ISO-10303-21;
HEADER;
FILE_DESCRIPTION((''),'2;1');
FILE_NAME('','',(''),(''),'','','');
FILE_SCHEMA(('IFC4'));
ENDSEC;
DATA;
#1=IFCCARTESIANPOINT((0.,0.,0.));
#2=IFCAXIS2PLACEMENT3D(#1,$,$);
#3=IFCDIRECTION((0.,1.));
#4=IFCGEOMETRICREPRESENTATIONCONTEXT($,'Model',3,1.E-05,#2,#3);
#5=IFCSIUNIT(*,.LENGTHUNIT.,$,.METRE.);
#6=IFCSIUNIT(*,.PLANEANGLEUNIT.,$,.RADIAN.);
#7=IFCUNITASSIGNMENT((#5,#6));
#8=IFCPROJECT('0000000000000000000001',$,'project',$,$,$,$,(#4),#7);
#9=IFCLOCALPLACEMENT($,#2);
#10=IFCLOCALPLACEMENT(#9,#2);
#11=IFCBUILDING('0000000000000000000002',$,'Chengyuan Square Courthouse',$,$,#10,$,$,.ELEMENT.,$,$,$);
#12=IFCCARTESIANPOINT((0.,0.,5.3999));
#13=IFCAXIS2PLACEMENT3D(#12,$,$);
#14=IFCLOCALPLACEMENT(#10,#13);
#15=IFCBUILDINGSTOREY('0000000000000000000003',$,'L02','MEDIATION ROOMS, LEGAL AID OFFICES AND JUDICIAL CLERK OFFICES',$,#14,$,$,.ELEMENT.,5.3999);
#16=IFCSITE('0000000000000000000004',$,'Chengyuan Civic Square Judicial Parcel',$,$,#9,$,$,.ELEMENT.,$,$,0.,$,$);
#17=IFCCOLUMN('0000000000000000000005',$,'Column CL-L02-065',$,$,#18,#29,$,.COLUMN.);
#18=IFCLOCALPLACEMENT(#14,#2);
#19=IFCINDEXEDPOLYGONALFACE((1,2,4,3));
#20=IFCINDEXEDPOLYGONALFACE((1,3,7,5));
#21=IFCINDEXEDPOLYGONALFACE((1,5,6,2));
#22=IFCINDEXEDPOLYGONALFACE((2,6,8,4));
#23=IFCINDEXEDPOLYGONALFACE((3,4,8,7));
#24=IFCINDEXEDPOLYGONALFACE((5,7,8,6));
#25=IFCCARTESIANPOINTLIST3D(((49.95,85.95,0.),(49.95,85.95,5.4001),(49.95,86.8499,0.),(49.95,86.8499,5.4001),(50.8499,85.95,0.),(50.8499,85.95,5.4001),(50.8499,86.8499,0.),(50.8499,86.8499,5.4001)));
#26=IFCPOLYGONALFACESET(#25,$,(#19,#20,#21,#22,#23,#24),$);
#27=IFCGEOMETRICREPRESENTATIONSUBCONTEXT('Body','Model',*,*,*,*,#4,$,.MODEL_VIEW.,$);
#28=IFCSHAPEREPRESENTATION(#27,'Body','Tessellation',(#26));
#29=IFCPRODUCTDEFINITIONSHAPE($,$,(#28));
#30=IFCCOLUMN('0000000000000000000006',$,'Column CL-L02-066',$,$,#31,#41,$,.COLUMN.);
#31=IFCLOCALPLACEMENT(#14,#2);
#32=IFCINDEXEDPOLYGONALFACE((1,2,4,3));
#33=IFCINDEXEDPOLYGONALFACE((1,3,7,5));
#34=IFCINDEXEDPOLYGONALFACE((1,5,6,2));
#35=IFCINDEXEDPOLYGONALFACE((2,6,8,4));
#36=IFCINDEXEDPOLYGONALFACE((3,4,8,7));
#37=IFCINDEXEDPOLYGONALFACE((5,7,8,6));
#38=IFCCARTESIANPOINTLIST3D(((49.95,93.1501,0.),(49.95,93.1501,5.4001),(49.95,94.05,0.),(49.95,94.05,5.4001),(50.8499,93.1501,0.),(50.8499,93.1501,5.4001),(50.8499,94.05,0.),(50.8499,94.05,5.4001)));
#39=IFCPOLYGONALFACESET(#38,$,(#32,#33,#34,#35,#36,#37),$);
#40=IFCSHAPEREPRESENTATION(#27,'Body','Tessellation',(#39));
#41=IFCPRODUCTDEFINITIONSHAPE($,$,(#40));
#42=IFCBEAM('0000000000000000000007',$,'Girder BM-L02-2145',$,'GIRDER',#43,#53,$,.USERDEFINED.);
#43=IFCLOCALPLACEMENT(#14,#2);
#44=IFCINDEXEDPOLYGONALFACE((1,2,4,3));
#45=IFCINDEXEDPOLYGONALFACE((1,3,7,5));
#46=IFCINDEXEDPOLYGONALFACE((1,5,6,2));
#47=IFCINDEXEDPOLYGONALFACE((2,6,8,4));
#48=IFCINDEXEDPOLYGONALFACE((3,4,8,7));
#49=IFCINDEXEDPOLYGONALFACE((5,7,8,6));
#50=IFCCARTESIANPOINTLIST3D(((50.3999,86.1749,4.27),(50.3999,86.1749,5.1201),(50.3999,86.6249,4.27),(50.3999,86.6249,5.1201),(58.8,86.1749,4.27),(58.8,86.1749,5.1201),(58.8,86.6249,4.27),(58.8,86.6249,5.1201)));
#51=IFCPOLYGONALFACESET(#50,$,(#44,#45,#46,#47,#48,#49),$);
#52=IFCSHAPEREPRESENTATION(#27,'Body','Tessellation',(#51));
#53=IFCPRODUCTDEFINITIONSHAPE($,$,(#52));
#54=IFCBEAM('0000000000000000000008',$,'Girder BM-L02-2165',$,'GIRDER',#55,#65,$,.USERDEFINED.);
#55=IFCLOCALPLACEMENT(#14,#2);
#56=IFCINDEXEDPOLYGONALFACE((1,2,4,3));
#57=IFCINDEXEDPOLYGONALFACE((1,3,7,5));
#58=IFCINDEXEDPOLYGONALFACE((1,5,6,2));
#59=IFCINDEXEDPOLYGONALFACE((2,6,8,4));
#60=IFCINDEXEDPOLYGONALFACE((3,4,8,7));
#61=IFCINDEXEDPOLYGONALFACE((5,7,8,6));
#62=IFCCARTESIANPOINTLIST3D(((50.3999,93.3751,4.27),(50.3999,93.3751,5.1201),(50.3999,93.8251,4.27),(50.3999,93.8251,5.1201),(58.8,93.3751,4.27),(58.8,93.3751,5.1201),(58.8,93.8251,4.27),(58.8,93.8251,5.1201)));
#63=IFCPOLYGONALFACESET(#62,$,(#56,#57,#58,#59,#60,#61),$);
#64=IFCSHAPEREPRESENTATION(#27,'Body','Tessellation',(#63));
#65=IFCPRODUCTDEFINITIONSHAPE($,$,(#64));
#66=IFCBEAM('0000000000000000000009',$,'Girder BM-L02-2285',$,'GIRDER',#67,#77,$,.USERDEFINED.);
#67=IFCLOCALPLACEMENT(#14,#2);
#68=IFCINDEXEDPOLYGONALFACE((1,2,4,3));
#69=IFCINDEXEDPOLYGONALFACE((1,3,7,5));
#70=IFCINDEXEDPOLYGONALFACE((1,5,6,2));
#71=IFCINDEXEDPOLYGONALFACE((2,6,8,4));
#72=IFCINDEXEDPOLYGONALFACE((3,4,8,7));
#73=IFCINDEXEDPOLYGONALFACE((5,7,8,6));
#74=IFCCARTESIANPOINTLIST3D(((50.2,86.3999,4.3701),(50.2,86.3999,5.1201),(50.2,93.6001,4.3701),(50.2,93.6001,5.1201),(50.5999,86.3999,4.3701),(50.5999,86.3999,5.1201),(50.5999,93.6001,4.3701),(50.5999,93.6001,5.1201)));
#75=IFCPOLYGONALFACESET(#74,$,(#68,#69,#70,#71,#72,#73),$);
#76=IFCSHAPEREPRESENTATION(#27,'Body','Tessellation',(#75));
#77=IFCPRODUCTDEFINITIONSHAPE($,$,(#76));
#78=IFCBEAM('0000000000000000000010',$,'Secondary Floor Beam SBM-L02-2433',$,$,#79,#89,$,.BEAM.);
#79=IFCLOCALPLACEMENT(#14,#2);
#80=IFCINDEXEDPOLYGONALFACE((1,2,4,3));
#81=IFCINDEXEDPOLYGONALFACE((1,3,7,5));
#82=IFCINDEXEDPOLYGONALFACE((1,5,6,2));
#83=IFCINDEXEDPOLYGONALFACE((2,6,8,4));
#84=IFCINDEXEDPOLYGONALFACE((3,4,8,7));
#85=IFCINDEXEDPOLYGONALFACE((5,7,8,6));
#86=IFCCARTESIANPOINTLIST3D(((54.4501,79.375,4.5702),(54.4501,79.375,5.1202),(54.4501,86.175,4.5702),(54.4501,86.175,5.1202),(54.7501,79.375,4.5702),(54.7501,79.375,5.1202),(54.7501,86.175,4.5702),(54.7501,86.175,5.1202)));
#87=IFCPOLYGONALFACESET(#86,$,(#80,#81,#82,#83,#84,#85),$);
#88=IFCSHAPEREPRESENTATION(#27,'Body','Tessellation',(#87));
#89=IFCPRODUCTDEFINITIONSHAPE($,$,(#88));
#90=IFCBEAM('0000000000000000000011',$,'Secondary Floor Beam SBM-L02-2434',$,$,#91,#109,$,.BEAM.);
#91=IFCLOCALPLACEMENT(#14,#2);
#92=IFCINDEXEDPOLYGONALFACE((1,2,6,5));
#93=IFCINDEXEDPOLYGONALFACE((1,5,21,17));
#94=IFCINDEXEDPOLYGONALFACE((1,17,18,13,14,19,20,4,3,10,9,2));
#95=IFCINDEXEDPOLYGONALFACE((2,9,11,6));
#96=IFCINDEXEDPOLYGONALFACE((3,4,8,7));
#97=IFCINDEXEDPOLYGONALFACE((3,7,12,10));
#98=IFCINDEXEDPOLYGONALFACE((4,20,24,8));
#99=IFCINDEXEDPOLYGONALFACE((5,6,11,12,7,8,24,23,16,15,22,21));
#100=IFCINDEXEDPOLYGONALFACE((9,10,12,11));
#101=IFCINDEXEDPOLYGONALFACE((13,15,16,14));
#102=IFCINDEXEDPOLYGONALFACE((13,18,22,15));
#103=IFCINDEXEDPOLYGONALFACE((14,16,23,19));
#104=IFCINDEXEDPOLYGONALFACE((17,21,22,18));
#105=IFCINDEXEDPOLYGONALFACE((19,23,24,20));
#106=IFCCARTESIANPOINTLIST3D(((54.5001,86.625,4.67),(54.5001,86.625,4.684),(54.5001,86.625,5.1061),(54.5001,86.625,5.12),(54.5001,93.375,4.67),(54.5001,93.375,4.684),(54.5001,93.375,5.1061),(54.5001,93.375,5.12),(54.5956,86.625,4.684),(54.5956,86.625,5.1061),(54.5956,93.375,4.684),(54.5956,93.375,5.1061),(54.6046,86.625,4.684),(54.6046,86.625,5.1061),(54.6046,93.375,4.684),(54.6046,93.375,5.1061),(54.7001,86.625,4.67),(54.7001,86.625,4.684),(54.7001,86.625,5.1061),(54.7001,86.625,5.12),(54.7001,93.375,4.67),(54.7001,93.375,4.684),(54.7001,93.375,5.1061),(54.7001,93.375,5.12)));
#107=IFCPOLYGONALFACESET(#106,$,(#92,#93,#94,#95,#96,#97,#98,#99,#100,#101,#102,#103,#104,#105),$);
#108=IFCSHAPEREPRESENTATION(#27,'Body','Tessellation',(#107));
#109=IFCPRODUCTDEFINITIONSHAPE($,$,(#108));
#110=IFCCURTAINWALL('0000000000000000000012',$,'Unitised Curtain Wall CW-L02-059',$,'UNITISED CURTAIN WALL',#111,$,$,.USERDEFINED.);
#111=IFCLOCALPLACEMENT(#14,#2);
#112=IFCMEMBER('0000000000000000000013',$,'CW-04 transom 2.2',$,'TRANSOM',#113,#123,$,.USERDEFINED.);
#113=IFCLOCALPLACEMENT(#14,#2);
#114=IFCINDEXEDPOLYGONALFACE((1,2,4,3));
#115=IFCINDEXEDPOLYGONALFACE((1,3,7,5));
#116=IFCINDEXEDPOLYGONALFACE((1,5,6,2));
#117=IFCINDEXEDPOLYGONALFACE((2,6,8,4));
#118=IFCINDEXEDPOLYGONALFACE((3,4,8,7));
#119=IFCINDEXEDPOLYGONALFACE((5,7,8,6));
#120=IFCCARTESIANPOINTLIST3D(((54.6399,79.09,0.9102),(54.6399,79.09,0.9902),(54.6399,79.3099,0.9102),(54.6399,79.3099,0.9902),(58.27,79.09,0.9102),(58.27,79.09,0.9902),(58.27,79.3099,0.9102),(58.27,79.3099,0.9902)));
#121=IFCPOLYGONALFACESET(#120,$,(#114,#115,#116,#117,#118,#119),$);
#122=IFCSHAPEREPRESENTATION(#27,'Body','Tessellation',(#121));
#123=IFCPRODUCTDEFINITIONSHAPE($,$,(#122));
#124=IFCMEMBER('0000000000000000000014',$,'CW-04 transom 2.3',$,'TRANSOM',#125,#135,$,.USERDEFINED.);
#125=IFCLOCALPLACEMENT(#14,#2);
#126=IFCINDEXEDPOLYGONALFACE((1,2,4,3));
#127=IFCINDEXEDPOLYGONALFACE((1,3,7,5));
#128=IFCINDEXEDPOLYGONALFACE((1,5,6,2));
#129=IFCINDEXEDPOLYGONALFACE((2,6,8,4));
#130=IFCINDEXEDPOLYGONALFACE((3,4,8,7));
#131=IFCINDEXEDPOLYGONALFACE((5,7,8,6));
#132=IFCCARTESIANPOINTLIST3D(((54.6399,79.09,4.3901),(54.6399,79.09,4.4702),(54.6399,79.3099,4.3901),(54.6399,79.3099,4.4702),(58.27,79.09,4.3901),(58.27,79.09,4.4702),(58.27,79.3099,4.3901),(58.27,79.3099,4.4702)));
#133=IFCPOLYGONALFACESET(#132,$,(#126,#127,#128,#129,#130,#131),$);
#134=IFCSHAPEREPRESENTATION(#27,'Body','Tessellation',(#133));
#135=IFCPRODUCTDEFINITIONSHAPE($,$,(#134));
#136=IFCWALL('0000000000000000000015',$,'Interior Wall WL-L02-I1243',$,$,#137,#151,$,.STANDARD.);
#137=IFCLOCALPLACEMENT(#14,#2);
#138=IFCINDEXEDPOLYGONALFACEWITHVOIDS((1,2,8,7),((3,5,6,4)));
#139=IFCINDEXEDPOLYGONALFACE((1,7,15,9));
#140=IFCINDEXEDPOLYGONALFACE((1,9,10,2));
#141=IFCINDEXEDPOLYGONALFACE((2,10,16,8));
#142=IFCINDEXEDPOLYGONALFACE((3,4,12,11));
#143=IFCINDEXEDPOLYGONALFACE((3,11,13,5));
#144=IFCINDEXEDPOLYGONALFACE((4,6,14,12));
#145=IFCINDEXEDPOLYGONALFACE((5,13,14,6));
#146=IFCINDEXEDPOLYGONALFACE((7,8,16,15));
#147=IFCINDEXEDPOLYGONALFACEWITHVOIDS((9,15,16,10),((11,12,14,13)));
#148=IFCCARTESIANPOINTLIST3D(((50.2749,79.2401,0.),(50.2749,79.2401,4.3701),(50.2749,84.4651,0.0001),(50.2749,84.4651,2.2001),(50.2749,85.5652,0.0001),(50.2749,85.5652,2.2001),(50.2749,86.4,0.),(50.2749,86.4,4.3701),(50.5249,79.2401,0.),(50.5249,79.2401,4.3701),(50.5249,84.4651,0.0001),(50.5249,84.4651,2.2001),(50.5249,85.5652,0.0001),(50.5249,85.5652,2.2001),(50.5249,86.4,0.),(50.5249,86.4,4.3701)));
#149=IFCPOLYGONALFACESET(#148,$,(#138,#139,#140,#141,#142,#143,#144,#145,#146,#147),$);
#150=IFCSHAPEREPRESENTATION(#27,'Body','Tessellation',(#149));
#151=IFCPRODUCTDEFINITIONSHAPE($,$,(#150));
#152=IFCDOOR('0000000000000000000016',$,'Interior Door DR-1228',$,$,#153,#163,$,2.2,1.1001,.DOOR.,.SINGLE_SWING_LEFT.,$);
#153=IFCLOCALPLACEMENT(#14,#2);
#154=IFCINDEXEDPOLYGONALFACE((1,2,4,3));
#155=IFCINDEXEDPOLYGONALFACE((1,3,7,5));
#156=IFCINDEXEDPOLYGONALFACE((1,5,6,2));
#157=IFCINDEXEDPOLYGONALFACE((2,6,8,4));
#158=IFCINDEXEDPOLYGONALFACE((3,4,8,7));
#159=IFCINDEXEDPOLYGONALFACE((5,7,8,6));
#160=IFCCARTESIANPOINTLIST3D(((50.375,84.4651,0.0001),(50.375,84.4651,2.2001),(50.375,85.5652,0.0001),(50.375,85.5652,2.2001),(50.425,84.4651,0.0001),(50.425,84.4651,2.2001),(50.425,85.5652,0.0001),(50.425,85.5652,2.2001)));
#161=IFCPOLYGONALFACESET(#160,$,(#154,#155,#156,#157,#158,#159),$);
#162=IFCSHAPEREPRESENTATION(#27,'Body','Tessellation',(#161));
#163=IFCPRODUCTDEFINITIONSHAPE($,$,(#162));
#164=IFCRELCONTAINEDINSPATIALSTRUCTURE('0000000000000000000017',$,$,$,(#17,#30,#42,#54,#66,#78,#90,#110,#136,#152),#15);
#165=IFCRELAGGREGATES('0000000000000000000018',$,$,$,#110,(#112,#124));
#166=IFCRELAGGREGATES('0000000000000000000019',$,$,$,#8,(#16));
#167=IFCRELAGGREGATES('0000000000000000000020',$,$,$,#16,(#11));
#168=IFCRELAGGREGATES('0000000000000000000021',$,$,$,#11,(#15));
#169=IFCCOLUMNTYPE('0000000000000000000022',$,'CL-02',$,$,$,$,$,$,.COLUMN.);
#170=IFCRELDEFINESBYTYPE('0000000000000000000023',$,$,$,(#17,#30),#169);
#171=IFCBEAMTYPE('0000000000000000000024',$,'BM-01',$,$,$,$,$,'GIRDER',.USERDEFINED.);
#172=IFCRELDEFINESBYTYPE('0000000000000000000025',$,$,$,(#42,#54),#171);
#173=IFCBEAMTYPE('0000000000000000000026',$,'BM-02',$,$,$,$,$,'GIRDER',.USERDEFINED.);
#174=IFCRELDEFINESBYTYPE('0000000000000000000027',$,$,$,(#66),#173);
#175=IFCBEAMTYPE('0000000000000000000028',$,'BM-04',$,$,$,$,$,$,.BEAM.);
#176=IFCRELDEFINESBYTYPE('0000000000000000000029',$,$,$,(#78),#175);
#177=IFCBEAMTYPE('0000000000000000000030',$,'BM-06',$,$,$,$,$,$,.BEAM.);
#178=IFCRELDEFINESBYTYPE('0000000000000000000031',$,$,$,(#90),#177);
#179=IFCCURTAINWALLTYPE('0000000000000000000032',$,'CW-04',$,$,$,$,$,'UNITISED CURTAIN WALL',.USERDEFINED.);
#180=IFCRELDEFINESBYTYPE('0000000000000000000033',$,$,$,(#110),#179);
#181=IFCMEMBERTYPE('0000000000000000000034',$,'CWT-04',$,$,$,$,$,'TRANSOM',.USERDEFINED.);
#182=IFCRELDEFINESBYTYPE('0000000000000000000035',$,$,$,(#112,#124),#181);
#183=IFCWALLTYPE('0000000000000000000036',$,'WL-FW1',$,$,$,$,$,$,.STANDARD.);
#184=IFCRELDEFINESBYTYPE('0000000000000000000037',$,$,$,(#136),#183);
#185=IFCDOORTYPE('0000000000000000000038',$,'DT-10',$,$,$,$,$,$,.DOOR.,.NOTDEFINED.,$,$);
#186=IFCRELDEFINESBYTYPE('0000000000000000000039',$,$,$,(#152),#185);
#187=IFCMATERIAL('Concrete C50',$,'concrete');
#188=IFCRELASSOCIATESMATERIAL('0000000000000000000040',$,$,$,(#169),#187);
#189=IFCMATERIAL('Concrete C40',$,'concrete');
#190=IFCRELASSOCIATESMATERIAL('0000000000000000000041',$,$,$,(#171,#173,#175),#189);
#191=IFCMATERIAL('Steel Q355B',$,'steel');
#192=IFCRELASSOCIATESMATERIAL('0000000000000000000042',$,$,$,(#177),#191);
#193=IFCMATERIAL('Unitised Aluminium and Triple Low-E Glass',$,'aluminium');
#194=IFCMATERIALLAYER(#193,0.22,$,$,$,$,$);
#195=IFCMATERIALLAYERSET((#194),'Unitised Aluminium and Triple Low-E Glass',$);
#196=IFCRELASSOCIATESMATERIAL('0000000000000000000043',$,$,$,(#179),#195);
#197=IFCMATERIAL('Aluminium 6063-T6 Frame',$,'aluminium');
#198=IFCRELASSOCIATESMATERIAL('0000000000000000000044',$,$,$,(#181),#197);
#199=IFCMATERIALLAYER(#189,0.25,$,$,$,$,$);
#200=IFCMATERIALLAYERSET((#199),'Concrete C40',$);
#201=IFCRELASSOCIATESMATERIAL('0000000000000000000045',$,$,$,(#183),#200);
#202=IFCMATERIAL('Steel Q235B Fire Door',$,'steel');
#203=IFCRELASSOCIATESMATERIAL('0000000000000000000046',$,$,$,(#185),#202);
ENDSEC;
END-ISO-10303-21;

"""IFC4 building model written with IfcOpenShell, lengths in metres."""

from ifc_helpers import new_model, si_unit, direction, frame, frame_2d, origin, origin_2d, place, context, subcontext, project, spatial, rectangle, i_section, extrude, material, layer, layer_set, material_profile, profile_set, type_object, element, fill, aggregate, save


model = new_model("IFC4")

# Units and contexts
model_context = context("Model", 3, precision=1e-05, world=origin(), true_north=direction((0.0, 1.0)))
body_context = subcontext(model_context, "Body", "Model", "MODEL_VIEW")
ifc_project = project(units=[si_unit("LENGTHUNIT", "METRE"), si_unit("PLANEANGLEUNIT", "RADIAN")], contexts=[model_context])

# Site, building, storey
site_placement = place(None, origin())
site = spatial("IfcSite", under=ifc_project, at=site_placement, Name="Chengyuan Civic Square Judicial Parcel", CompositionType="ELEMENT", RefElevation=0.0)
building_placement = place(site_placement, origin())
building = spatial("IfcBuilding", under=site, at=building_placement, Name="Chengyuan Square Courthouse", CompositionType="ELEMENT")
storey_placement = place(building_placement, frame((0.0, 0.0, 5.3999)))
storey = spatial("IfcBuildingStorey", under=building, at=storey_placement, Name="L02", Description="MEDIATION ROOMS, LEGAL AID OFFICES AND JUDICIAL CLERK OFFICES", CompositionType="ELEMENT", Elevation=5.3999)

# Columns
ifc_material_1 = material(Name="Concrete C50", Category="concrete")
ifc_material_profile_1 = material_profile(ifc_material_1, rectangle(XDim=0.8999, YDim=0.8999, at=origin_2d()), Name="RC-COL-900x900")
ifc_profile_set_1 = profile_set([ifc_material_profile_1], Name="Concrete C50")
column_type = type_object("IfcColumnType", Name="CL-02", PredefinedType="COLUMN", material=ifc_profile_set_1)
for number, where, z_axis, x_axis, name in (
    (1, (50.3999, 86.3999, 0.0), (0.0, 0.0, 1.0), (1.0, 0.0, 0.0), "Column CL-L02-065"),
    (2, (50.3999, 93.6001, 0.0), (0.0, 0.0, 1.0), (1.0, 0.0, 0.0), "Column CL-L02-066"),
):
    element("IfcColumn", number, at=place(storey_placement, frame(where, z_axis=z_axis, x_axis=x_axis)), inside=storey, type_object=column_type, Name=name, PredefinedType="COLUMN", context=body_context, shape_type="SweptSolid", body=[
        extrude(rectangle(XDim=0.8999, YDim=0.8999, at=origin_2d()), origin(), (0.0, 0.0, 1.0), 5.4001),
    ])

# Beams
ifc_material_2 = material(Name="Concrete C40", Category="concrete")
ifc_material_profile_2 = material_profile(ifc_material_2, rectangle(XDim=0.45, YDim=0.8501, at=origin_2d()), Name="RC-BM-450x850")
ifc_profile_set_2 = profile_set([ifc_material_profile_2], Name="Concrete C40")
beam_type_1 = type_object("IfcBeamType", Name="BM-01", ElementType="GIRDER", PredefinedType="USERDEFINED", material=ifc_profile_set_2)
for number, where, z_axis, x_axis, name in (
    (3, (50.3999, 86.3999, 4.6951), (1.0, 0.0, 0.0), (0.0, 1.0, 0.0), "Girder BM-L02-2145"),
    (4, (50.3999, 93.6001, 4.6951), (1.0, 0.0, 0.0), (0.0, 1.0, 0.0), "Girder BM-L02-2165"),
):
    element("IfcBeam", number, at=place(storey_placement, frame(where, z_axis=z_axis, x_axis=x_axis)), inside=storey, type_object=beam_type_1, Name=name, ObjectType="GIRDER", PredefinedType="USERDEFINED", context=body_context, shape_type="SweptSolid", body=[
        extrude(rectangle(XDim=0.45, YDim=0.8501, at=origin_2d()), origin(), (0.0, 0.0, 1.0), 8.4001),
    ])
ifc_material_profile_3 = material_profile(ifc_material_2, rectangle(XDim=0.3999, YDim=0.75, at=origin_2d()), Name="RC-BM-400x750")
ifc_profile_set_3 = profile_set([ifc_material_profile_3], Name="Concrete C40")
beam_type_2 = type_object("IfcBeamType", Name="BM-02", ElementType="GIRDER", PredefinedType="USERDEFINED", material=ifc_profile_set_3)
beam_1_placement = place(storey_placement, frame((50.3999, 86.3999, 4.7451), z_axis=(0.0, 1.0, 0.0), x_axis=(-1.0, 0.0, 0.0)))
element("IfcBeam", 5, at=beam_1_placement, inside=storey, type_object=beam_type_2, Name="Girder BM-L02-2285", ObjectType="GIRDER", PredefinedType="USERDEFINED", context=body_context, shape_type="SweptSolid", body=[
    extrude(rectangle(XDim=0.3999, YDim=0.75, at=origin_2d()), origin(), (0.0, 0.0, 1.0), 7.2002),
])
ifc_material_profile_4 = material_profile(ifc_material_2, rectangle(XDim=0.3, YDim=0.55, at=origin_2d()), Name="RC-BM-300x550")
ifc_profile_set_4 = profile_set([ifc_material_profile_4], Name="Concrete C40")
beam_type_3 = type_object("IfcBeamType", Name="BM-04", PredefinedType="BEAM", material=ifc_profile_set_4)
beam_2_placement = place(storey_placement, frame((54.6001, 79.375, 4.8452), z_axis=(0.0, 1.0, 0.0), x_axis=(-1.0, 0.0, 0.0)))
element("IfcBeam", 6, at=beam_2_placement, inside=storey, type_object=beam_type_3, Name="Secondary Floor Beam SBM-L02-2433", PredefinedType="BEAM", context=body_context, shape_type="SweptSolid", body=[
    extrude(rectangle(XDim=0.3, YDim=0.55, at=origin_2d()), origin(), (0.0, 0.0, 1.0), 6.8),
])
ifc_material_3 = material(Name="Steel Q355B", Category="steel")
ifc_material_profile_5 = material_profile(ifc_material_3, i_section(OverallWidth=0.2, OverallDepth=0.45, WebThickness=0.009, FlangeThickness=0.0139, at=origin_2d()), Name="HN 450x200x9x14")
ifc_profile_set_5 = profile_set([ifc_material_profile_5], Name="Steel Q355B")
beam_type_4 = type_object("IfcBeamType", Name="BM-06", PredefinedType="BEAM", material=ifc_profile_set_5)
beam_3_placement = place(storey_placement, frame((54.6001, 86.625, 4.895), z_axis=(0.0, 1.0, 0.0), x_axis=(-1.0, 0.0, 0.0)))
element("IfcBeam", 7, at=beam_3_placement, inside=storey, type_object=beam_type_4, Name="Secondary Floor Beam SBM-L02-2434", PredefinedType="BEAM", context=body_context, shape_type="SweptSolid", body=[
    extrude(i_section(OverallWidth=0.2, OverallDepth=0.45, WebThickness=0.009, FlangeThickness=0.0139, at=origin_2d()), origin(), (0.0, 0.0, 1.0), 6.75),
])

# Curtain wall, members
ifc_material_4 = material(Name="Unitised Aluminium and Triple Low-E Glass", Category="aluminium")
ifc_layer_1 = layer(ifc_material_4, 0.22)
ifc_layer_set_1 = layer_set([ifc_layer_1], Name="Unitised Aluminium and Triple Low-E Glass")
curtain_wall_type = type_object("IfcCurtainWallType", Name="CW-04", ElementType="UNITISED CURTAIN WALL", PredefinedType="USERDEFINED", material=ifc_layer_set_1)
curtain_wall_placement = place(storey_placement, origin())
curtain_wall = element("IfcCurtainWall", 8, at=curtain_wall_placement, inside=storey, type_object=curtain_wall_type, Name="Unitised Curtain Wall CW-L02-059", ObjectType="UNITISED CURTAIN WALL", PredefinedType="USERDEFINED")
ifc_material_5 = material(Name="Aluminium 6063-T6 Frame", Category="aluminium")
ifc_material_profile_6 = material_profile(ifc_material_5, rectangle(XDim=0.22, YDim=0.0801, at=origin_2d()), Name="CW-TRN-80x180")
ifc_profile_set_6 = profile_set([ifc_material_profile_6], Name="Aluminium 6063-T6 Frame")
member_type = type_object("IfcMemberType", Name="CWT-04", ElementType="TRANSOM", PredefinedType="USERDEFINED", material=ifc_profile_set_6)
member_1_placement = place(storey_placement, frame((54.6399, 79.2, 0.9502), z_axis=(1.0, 0.0, 0.0), x_axis=(0.0, 1.0, 0.0)))
member_1 = element("IfcMember", 9, at=member_1_placement, type_object=member_type, Name="CW-04 transom 2.2", ObjectType="TRANSOM", PredefinedType="USERDEFINED", context=body_context, shape_type="SweptSolid", body=[
    extrude(rectangle(XDim=0.22, YDim=0.0801, at=origin_2d()), origin(), (0.0, 0.0, 1.0), 3.6301),
])
member_2_placement = place(storey_placement, frame((54.6399, 79.2, 4.4302), z_axis=(1.0, 0.0, 0.0), x_axis=(0.0, 1.0, 0.0)))
member_2 = element("IfcMember", 10, at=member_2_placement, type_object=member_type, Name="CW-04 transom 2.3", ObjectType="TRANSOM", PredefinedType="USERDEFINED", context=body_context, shape_type="SweptSolid", body=[
    extrude(rectangle(XDim=0.22, YDim=0.0801, at=origin_2d()), origin(), (0.0, 0.0, 1.0), 3.6301),
])
aggregate(curtain_wall, [member_1, member_2])

# Wall, opening, door
ifc_layer_2 = layer(ifc_material_2, 0.25)
ifc_layer_set_2 = layer_set([ifc_layer_2], Name="Concrete C40")
wall_type_1 = type_object("IfcWallType", Name="WL-FW1", PredefinedType="STANDARD", material=ifc_layer_set_2)
wall_1_placement = place(storey_placement, frame((50.3999, 79.24, 0.0), z_axis=(0.0, 0.0, 1.0), x_axis=(0.0, 1.0, 0.0)))
wall_1 = element("IfcWall", 11, at=wall_1_placement, inside=storey, type_object=wall_type_1, Name="Interior Wall WL-L02-I1243", PredefinedType="STANDARD", context=body_context, shape_type="SweptSolid", body=[
    extrude(rectangle(XDim=7.1599, YDim=0.25, at=frame_2d((3.5801, 0.0))), origin(), (0.0, 0.0, 1.0), 4.3701),
])
opening_1_placement = place(wall_1_placement, frame((5.2251, 0.0, 0.0)))
opening_1 = element("IfcOpeningElement", 12, at=opening_1_placement, cuts=wall_1, PredefinedType="OPENING", context=body_context, shape_type="SweptSolid", body=[
    extrude(rectangle(XDim=1.1001, YDim=2.2, at=frame_2d((0.55, 1.1001))), frame((0.0, 0.137, 0.0), z_axis=(0.0, -1.0, 0.0), x_axis=(1.0, 0.0, 0.0)), (0.0, 0.0, 1.0), 0.2739),
])
ifc_material_6 = material(Name="Steel Q235B Fire Door", Category="steel")
door_type_1 = type_object("IfcDoorType", Name="DT-10", OperationType="NOTDEFINED", PredefinedType="DOOR", material=ifc_material_6)
door_1_placement = place(opening_1_placement, origin())
door_1 = element("IfcDoor", 13, at=door_1_placement, inside=storey, type_object=door_type_1, Name="Interior Door DR-1228", OperationType="SINGLE_SWING_LEFT", OverallHeight=2.2, OverallWidth=1.1001, PredefinedType="DOOR", context=body_context, shape_type="SweptSolid", body=[
    extrude(rectangle(XDim=1.1001, YDim=2.2, at=frame_2d((0.55, 1.1001))), frame((0.0, 0.0249, 0.0), z_axis=(0.0, -1.0, 0.0), x_axis=(1.0, 0.0, 0.0)), (0.0, 0.0, 1.0), 0.05),
])
fill(opening_1, door_1)

save(model, "model.ifc")
